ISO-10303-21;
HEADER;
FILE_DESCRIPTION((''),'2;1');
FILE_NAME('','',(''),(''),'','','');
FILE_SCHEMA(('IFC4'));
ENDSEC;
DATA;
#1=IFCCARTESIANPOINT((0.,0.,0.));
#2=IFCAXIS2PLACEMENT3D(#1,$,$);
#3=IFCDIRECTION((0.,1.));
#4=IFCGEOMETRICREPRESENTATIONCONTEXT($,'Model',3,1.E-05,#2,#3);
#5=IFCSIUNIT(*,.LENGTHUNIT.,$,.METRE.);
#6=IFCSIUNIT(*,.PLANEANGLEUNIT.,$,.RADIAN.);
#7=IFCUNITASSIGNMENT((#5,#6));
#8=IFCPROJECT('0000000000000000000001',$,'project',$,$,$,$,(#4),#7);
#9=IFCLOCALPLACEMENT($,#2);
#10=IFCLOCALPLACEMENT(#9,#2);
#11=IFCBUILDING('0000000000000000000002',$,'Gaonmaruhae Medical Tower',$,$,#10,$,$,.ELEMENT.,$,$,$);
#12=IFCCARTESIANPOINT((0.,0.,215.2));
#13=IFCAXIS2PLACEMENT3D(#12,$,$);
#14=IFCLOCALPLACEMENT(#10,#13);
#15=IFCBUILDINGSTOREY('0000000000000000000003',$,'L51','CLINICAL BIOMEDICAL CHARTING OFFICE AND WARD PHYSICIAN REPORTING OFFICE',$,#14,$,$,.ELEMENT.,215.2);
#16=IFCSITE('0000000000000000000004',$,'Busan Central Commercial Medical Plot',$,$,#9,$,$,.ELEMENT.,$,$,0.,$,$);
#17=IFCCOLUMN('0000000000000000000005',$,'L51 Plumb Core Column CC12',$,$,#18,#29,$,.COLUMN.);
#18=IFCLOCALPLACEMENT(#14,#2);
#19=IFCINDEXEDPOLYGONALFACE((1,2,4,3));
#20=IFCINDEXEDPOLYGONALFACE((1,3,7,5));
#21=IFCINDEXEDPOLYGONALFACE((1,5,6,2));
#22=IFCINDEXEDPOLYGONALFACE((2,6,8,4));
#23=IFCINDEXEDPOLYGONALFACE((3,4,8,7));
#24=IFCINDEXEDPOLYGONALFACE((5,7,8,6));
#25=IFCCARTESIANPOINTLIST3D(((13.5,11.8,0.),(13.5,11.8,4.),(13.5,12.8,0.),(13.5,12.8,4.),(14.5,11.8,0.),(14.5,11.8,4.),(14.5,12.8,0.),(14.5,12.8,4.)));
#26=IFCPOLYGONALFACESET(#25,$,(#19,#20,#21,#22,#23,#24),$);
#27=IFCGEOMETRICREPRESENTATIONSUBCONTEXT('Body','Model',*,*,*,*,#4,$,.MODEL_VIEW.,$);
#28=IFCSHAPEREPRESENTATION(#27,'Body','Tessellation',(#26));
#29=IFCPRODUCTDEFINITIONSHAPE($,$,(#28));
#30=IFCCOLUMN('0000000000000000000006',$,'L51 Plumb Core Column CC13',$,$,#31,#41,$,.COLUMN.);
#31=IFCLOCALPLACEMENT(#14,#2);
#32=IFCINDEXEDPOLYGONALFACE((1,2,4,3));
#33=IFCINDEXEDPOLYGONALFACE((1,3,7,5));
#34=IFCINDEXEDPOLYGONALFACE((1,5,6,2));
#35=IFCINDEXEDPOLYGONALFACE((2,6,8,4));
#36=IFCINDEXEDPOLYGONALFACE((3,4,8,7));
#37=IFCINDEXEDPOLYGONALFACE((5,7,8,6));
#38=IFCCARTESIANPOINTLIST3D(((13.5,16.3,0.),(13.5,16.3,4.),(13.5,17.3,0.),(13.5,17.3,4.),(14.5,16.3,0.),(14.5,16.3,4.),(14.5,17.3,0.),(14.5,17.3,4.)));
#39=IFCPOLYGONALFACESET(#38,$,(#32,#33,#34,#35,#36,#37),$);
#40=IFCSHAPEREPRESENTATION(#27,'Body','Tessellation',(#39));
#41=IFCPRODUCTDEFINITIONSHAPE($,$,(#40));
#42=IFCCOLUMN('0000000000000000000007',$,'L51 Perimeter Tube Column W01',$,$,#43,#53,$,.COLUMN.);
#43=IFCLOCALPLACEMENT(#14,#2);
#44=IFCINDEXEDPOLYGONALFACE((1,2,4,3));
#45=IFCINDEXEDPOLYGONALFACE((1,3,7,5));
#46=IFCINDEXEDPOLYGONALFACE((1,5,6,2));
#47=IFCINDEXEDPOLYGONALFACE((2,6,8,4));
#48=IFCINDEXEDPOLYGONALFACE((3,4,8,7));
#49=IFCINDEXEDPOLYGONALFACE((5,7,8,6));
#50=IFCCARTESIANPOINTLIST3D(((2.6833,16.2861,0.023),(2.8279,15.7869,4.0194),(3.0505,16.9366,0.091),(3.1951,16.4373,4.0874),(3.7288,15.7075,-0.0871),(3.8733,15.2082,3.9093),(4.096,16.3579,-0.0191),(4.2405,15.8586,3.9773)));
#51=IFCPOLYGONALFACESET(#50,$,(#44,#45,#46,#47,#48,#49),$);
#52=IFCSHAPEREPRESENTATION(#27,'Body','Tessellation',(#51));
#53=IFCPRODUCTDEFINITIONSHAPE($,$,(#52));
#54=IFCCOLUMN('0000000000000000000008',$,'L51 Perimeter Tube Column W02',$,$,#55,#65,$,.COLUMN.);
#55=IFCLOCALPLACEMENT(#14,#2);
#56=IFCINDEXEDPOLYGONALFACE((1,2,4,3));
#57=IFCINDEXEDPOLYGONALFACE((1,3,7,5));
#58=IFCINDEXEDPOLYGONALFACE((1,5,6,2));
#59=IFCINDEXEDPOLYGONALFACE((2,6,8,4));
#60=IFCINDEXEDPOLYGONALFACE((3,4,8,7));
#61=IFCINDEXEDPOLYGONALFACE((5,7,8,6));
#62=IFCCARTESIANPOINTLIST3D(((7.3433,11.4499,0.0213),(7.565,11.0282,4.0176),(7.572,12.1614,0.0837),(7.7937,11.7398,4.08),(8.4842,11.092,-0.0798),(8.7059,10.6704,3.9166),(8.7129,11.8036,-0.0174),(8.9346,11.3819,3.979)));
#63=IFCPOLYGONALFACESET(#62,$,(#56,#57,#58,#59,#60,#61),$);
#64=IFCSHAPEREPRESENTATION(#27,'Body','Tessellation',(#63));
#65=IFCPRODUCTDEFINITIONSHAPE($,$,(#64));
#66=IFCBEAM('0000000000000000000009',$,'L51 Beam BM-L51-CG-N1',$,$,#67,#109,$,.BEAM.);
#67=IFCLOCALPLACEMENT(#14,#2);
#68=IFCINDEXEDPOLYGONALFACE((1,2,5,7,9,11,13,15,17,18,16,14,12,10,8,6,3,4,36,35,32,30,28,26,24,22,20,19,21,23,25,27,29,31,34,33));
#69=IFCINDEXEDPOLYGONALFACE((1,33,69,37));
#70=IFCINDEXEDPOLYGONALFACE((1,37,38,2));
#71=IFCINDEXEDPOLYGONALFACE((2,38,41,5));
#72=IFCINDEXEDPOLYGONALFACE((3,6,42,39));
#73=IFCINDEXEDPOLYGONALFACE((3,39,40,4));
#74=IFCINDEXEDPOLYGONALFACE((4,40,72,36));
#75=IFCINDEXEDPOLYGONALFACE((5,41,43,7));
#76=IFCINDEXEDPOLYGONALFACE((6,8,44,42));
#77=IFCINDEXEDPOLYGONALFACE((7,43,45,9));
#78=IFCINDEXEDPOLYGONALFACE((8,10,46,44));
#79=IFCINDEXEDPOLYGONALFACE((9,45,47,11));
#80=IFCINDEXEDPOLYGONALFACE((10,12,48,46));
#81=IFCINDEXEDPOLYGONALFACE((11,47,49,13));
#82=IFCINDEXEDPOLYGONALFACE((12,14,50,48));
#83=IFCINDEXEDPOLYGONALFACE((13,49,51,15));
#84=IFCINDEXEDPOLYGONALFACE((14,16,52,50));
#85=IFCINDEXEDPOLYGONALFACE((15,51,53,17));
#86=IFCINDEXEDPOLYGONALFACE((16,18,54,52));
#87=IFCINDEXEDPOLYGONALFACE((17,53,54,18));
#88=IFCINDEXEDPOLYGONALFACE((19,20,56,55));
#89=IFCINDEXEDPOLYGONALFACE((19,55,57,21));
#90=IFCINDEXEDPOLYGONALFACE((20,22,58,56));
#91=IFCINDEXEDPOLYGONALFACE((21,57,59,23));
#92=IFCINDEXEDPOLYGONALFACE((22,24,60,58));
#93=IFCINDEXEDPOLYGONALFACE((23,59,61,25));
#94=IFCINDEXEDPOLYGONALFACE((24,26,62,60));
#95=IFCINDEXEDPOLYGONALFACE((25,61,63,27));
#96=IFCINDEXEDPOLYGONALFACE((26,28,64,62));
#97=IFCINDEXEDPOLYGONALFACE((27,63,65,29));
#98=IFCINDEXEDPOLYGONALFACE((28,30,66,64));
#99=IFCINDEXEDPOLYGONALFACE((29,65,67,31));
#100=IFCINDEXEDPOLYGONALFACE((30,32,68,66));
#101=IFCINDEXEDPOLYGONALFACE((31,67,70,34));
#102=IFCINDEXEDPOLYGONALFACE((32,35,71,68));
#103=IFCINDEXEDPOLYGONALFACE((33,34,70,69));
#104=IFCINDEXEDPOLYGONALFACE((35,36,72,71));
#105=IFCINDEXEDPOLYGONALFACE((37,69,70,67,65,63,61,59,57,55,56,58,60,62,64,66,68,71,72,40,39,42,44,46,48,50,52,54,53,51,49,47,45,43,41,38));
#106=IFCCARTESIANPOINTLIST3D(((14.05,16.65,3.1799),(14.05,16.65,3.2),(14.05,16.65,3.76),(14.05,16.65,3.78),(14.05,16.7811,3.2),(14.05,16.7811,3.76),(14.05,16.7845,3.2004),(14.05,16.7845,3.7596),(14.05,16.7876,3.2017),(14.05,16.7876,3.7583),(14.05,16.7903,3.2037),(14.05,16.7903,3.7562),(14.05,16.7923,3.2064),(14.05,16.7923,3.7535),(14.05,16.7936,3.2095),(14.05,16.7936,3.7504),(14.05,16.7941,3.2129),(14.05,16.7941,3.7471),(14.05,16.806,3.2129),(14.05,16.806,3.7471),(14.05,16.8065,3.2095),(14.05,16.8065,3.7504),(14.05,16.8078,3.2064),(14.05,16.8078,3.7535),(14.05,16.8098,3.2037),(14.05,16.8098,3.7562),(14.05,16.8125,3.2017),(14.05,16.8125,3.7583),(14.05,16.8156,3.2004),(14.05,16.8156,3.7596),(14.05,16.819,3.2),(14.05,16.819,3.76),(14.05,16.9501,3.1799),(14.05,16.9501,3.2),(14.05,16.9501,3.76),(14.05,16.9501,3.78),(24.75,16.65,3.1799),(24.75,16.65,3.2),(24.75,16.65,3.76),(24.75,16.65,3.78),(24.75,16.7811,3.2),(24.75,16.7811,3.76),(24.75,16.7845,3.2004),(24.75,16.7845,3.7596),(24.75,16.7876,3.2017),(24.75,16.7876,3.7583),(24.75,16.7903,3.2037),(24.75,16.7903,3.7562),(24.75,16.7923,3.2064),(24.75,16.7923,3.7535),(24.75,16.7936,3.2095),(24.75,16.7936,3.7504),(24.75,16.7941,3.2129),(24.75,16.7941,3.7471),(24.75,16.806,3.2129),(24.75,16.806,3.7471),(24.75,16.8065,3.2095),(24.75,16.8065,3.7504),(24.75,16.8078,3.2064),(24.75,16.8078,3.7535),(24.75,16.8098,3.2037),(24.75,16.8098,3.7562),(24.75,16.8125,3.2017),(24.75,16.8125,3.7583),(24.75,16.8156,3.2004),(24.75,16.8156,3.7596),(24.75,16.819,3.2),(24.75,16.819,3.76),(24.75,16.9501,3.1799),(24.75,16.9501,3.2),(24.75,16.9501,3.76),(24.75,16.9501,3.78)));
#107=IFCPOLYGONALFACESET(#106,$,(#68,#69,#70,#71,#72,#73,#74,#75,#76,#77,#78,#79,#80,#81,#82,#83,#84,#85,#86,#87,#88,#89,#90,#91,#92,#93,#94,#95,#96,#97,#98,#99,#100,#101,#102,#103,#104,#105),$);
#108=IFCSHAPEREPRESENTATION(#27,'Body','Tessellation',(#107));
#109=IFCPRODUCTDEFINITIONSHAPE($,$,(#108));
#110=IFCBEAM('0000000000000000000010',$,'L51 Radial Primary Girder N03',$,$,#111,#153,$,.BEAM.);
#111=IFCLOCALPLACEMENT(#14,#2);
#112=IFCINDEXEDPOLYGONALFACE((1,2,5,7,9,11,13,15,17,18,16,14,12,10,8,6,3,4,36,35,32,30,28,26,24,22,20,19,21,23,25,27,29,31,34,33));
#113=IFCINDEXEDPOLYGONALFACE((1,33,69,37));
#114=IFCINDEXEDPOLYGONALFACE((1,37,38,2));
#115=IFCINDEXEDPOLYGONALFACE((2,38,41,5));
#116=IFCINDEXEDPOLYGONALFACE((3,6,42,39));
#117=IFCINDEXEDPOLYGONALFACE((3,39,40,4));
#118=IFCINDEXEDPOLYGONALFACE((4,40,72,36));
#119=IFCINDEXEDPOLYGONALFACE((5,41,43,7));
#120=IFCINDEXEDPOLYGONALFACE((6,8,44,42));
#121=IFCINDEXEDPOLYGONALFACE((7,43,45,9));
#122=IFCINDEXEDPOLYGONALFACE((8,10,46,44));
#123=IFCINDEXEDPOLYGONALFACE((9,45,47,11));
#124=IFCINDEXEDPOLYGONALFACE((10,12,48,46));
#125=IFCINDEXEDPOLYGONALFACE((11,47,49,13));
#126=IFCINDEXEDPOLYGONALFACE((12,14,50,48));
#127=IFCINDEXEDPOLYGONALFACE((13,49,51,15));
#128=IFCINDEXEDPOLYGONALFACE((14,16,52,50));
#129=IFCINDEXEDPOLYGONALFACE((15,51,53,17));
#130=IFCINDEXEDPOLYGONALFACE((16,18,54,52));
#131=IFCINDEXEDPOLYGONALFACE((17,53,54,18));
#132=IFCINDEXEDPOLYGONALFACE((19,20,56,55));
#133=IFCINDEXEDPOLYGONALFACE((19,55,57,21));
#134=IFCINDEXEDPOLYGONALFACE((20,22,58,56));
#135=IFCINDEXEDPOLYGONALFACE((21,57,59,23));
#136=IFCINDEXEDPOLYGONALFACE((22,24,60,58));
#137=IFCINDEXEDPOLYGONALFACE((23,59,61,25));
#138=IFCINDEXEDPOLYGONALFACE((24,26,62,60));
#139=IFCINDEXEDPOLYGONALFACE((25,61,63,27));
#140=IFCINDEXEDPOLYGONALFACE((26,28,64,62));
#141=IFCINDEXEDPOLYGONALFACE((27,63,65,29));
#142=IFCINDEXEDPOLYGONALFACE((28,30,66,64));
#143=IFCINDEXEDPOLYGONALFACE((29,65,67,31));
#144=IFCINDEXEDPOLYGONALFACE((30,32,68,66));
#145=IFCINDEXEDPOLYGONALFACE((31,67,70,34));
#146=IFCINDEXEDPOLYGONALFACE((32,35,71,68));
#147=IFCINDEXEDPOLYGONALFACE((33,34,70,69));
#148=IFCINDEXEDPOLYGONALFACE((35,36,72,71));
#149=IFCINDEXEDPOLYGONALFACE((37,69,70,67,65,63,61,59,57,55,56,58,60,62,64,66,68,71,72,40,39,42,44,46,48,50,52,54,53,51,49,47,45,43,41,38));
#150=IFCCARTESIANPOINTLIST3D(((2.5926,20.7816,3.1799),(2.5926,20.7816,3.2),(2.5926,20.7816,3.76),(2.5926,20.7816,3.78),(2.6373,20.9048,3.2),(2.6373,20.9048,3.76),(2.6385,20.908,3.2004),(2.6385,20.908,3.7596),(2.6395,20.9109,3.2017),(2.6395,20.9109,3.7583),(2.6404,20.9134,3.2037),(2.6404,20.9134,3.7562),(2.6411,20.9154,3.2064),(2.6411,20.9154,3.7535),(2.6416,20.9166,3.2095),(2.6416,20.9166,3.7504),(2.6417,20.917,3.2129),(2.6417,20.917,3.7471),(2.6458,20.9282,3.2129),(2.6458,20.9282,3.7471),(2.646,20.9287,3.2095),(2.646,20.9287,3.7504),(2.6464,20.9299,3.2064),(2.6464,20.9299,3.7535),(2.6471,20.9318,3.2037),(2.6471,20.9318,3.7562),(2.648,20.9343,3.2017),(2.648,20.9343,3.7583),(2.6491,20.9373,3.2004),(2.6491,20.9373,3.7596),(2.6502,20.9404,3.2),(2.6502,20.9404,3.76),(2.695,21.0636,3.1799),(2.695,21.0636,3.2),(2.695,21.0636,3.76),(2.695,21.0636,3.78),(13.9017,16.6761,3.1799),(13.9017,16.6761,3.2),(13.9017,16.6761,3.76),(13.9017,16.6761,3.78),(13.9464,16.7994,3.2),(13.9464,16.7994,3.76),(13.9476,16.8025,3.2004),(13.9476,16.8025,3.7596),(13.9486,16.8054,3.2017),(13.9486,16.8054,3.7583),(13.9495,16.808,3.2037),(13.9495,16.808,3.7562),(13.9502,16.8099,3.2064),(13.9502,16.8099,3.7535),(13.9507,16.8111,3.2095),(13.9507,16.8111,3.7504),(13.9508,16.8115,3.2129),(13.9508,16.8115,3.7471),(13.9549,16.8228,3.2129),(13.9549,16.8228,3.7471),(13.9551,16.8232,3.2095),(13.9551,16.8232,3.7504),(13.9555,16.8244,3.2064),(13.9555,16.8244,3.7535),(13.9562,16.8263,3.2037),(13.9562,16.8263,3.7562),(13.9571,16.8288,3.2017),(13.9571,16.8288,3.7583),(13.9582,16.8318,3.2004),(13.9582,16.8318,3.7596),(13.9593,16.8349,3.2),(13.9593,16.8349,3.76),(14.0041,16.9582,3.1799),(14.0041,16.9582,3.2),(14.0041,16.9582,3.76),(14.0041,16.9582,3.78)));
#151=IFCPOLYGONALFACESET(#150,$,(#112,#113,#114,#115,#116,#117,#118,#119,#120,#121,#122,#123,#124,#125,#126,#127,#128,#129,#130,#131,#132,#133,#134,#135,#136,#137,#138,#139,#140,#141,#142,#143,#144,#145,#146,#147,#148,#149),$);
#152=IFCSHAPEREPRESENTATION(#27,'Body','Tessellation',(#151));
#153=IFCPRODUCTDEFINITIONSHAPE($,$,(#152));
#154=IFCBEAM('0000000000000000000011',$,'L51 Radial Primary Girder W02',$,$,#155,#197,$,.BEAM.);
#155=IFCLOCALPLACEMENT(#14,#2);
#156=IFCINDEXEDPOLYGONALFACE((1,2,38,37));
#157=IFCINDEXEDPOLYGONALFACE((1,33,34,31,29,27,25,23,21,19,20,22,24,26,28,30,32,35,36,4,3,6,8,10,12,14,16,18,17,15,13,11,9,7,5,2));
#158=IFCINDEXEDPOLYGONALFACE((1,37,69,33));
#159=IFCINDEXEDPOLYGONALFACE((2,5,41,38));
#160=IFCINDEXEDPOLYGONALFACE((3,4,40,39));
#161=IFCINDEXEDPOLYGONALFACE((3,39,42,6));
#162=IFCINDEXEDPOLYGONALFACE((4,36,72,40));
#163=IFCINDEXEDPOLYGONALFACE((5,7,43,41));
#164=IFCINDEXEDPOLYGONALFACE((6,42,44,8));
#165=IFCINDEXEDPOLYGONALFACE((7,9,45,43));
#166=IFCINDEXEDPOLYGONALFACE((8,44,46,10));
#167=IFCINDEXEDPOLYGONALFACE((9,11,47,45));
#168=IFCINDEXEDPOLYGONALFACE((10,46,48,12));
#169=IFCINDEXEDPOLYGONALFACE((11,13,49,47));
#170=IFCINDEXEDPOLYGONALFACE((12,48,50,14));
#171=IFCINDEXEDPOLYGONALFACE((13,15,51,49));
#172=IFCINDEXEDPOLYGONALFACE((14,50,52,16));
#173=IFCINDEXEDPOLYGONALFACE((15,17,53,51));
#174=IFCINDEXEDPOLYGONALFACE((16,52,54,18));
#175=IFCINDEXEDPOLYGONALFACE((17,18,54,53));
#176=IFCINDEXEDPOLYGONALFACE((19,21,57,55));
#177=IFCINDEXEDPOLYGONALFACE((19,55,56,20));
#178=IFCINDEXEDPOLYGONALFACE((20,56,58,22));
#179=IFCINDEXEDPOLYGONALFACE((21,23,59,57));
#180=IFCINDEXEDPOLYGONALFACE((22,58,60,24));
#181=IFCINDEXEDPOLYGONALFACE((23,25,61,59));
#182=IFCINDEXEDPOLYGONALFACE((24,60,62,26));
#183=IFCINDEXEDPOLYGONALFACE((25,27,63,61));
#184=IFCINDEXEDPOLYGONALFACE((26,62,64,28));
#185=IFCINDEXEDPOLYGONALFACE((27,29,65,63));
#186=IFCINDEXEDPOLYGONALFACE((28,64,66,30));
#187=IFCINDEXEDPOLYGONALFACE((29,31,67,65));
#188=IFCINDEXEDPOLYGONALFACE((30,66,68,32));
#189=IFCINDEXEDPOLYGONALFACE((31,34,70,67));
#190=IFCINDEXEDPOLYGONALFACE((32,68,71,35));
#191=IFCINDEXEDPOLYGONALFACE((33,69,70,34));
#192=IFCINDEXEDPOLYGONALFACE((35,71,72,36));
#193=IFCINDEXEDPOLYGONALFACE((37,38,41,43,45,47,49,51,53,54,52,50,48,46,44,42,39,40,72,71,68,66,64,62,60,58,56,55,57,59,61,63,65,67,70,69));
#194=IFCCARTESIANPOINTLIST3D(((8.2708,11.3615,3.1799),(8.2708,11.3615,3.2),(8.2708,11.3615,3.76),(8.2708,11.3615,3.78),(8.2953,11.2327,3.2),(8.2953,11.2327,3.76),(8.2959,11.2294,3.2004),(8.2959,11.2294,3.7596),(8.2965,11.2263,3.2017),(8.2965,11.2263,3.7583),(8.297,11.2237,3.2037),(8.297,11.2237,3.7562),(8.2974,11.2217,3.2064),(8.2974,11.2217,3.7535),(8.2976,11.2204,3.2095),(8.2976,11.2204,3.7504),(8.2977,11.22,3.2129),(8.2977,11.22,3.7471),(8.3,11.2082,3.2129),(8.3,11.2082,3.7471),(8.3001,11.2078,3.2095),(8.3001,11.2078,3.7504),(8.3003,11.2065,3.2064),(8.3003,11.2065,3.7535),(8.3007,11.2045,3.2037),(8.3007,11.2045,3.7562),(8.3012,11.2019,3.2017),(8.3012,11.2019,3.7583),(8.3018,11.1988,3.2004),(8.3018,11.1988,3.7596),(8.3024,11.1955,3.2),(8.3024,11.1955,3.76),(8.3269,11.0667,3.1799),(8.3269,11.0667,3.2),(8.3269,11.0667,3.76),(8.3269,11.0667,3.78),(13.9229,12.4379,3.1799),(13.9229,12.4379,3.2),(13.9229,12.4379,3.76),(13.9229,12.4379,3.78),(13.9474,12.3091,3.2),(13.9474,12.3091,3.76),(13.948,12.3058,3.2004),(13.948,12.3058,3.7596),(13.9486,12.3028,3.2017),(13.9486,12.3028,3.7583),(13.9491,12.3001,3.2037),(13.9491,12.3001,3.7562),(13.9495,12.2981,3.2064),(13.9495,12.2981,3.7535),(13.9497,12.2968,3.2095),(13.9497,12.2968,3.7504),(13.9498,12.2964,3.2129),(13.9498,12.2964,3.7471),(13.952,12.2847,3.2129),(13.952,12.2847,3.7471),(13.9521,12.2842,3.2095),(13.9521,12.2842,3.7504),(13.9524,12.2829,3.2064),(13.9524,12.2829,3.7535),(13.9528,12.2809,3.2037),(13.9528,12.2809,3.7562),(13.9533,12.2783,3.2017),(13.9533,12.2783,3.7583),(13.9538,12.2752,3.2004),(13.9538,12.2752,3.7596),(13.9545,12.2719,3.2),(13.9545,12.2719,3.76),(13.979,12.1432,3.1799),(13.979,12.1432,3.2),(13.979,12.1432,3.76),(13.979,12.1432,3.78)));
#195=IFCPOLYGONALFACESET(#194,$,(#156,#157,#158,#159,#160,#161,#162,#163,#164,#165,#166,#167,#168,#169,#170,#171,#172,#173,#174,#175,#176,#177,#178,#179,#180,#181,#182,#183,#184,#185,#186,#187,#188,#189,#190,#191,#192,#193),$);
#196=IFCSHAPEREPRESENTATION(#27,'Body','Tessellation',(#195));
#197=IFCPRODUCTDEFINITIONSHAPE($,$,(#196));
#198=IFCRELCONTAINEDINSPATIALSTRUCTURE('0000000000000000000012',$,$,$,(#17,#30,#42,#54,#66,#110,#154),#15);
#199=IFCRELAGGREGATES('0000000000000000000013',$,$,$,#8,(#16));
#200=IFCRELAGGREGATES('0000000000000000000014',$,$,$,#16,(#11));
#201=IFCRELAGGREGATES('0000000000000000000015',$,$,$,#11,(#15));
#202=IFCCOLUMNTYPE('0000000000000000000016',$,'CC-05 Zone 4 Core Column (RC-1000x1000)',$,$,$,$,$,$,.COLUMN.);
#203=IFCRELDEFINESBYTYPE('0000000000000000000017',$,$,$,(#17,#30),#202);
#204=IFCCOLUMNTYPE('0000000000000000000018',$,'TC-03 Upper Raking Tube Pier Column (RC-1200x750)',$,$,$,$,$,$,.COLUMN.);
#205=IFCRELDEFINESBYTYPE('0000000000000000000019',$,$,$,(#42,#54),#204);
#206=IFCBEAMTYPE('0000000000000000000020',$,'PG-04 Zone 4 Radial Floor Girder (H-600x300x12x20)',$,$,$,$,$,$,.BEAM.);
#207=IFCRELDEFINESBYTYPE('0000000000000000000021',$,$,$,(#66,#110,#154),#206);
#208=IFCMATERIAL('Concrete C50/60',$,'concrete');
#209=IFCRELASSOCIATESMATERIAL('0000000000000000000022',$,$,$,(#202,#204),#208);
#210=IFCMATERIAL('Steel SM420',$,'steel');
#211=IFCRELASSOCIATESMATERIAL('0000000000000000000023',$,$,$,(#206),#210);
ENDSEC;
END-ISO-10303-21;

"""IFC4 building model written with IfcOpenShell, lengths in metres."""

from ifc_helpers import new_model, si_unit, direction, frame, origin, origin_2d, place, context, subcontext, project, spatial, rectangle, i_section, extrude, material, material_profile, profile_set, type_object, element, save


model = new_model("IFC4")

# Units and contexts
model_context = context("Model", 3, precision=1e-05, world=origin(), true_north=direction((0.0, 1.0)))
body_context = subcontext(model_context, "Body", "Model", "MODEL_VIEW")
ifc_project = project(units=[si_unit("LENGTHUNIT", "METRE"), si_unit("PLANEANGLEUNIT", "RADIAN")], contexts=[model_context])

# Site, building, storey
site_placement = place(None, origin())
site = spatial("IfcSite", under=ifc_project, at=site_placement, Name="Busan Central Commercial Medical Plot", CompositionType="ELEMENT", RefElevation=0.0)
building_placement = place(site_placement, origin())
building = spatial("IfcBuilding", under=site, at=building_placement, Name="Gaonmaruhae Medical Tower", CompositionType="ELEMENT")
storey_placement = place(building_placement, frame((0.0, 0.0, 215.2)))
storey = spatial("IfcBuildingStorey", under=building, at=storey_placement, Name="L51", Description="CLINICAL BIOMEDICAL CHARTING OFFICE AND WARD PHYSICIAN REPORTING OFFICE", CompositionType="ELEMENT", Elevation=215.2)

# Columns
ifc_material_1 = material(Name="Concrete C50/60", Category="concrete")
ifc_material_profile_1 = material_profile(ifc_material_1, rectangle(XDim=1.0, YDim=1.0, at=origin_2d()), Name="RC-1000x1000")
ifc_profile_set_1 = profile_set([ifc_material_profile_1], Name="Concrete C50/60")
column_type_1 = type_object("IfcColumnType", Name="CC-05 Zone 4 Core Column (RC-1000x1000)", PredefinedType="COLUMN", material=ifc_profile_set_1)
for number, where, z_axis, x_axis, name in (
    (1, (14.0, 12.3, 0.0), (0.0, 0.0, 1.0), (1.0, 0.0, 0.0), "L51 Plumb Core Column CC12"),
    (2, (14.0, 16.8, 0.0), (0.0, 0.0, 1.0), (1.0, 0.0, 0.0), "L51 Plumb Core Column CC13"),
):
    element("IfcColumn", number, at=place(storey_placement, frame(where, z_axis=z_axis, x_axis=x_axis)), inside=storey, type_object=column_type_1, Name=name, PredefinedType="COLUMN", context=body_context, shape_type="SweptSolid", body=[
        extrude(rectangle(XDim=1.0, YDim=1.0, at=origin_2d()), origin(), (0.0, 0.0, 1.0), 4.0),
    ])
ifc_material_profile_2 = material_profile(ifc_material_1, rectangle(XDim=1.2, YDim=0.75, at=origin_2d()), Name="RC-1200x750")
ifc_profile_set_2 = profile_set([ifc_material_profile_2], Name="Concrete C50/60")
column_type_2 = type_object("IfcColumnType", Name="TC-03 Upper Raking Tube Pier Column (RC-1200x750)", PredefinedType="COLUMN", material=ifc_profile_set_2)
column_1_placement = place(storey_placement, frame((3.3896, 16.322, 0.002), z_axis=(0.035864, -0.123888, 0.991648), x_axis=(-0.871227, 0.482228, 0.091754)))
element("IfcColumn", 3, at=column_1_placement, inside=storey, type_object=column_type_2, Name="L51 Perimeter Tube Column W01", PredefinedType="COLUMN", context=body_context, shape_type="SweptSolid", body=[
    extrude(rectangle(XDim=1.2, YDim=0.75, at=origin_2d()), origin(), (0.0, 0.0, 1.0), 4.03),
])
column_2_placement = place(storey_placement, frame((8.0281, 11.6267, 0.002), z_axis=(0.055081, -0.104763, 0.992971), x_axis=(-0.950779, 0.298211, 0.084203)))
element("IfcColumn", 4, at=column_2_placement, inside=storey, type_object=column_type_2, Name="L51 Perimeter Tube Column W02", PredefinedType="COLUMN", context=body_context, shape_type="SweptSolid", body=[
    extrude(rectangle(XDim=1.2, YDim=0.75, at=origin_2d()), origin(), (0.0, 0.0, 1.0), 4.0247),
])

# Beams
ifc_material_2 = material(Name="Steel SM420", Category="steel")
ifc_material_profile_3 = material_profile(ifc_material_2, i_section(OverallWidth=0.3, OverallDepth=0.6001, WebThickness=0.012, FlangeThickness=0.02, FilletRadius=0.0129, at=origin_2d()), Name="H-600x300x12x20")
ifc_profile_set_3 = profile_set([ifc_material_profile_3], Name="Steel SM420")
beam_type_1 = type_object("IfcBeamType", Name="PG-04 Zone 4 Radial Floor Girder (H-600x300x12x20)", PredefinedType="BEAM", material=ifc_profile_set_3)
beam_1_placement = place(storey_placement, frame((14.05, 16.8, 3.48), z_axis=(1.0, 0.0, 0.0), x_axis=(0.0, 1.0, 0.0)))
element("IfcBeam", 5, at=beam_1_placement, inside=storey, type_object=beam_type_1, Name="L51 Beam BM-L51-CG-N1", PredefinedType="BEAM", context=body_context, shape_type="SweptSolid", body=[
    extrude(i_section(OverallWidth=0.3, OverallDepth=0.6001, WebThickness=0.012, FlangeThickness=0.02, FilletRadius=0.0129, at=origin_2d()), origin(), (0.0, 0.0, 1.0), 10.7),
])
beam_2_placement = place(storey_placement, frame((13.9529, 16.8171, 3.48), z_axis=(-0.939978, 0.341235, 0.0), x_axis=(-0.341235, -0.939978, 0.0)))
element("IfcBeam", 6, at=beam_2_placement, inside=storey, type_object=beam_type_1, Name="L51 Radial Primary Girder N03", PredefinedType="BEAM", context=body_context, shape_type="SweptSolid", body=[
    extrude(i_section(OverallWidth=0.3, OverallDepth=0.6001, WebThickness=0.012, FlangeThickness=0.02, FilletRadius=0.0129, at=origin_2d()), origin(), (0.0, 0.0, 1.0), 12.0312),
])
beam_3_placement = place(storey_placement, frame((13.9509, 12.2905, 3.48), z_axis=(-0.982344, -0.187083, 0.0), x_axis=(0.187083, -0.982344, 0.0)))
element("IfcBeam", 7, at=beam_3_placement, inside=storey, type_object=beam_type_1, Name="L51 Radial Primary Girder W02", PredefinedType="BEAM", context=body_context, shape_type="SweptSolid", body=[
    extrude(i_section(OverallWidth=0.3, OverallDepth=0.6001, WebThickness=0.012, FlangeThickness=0.02, FilletRadius=0.0129, at=origin_2d()), origin(), (0.0, 0.0, 1.0), 5.7537),
])

save(model, "model.ifc")
